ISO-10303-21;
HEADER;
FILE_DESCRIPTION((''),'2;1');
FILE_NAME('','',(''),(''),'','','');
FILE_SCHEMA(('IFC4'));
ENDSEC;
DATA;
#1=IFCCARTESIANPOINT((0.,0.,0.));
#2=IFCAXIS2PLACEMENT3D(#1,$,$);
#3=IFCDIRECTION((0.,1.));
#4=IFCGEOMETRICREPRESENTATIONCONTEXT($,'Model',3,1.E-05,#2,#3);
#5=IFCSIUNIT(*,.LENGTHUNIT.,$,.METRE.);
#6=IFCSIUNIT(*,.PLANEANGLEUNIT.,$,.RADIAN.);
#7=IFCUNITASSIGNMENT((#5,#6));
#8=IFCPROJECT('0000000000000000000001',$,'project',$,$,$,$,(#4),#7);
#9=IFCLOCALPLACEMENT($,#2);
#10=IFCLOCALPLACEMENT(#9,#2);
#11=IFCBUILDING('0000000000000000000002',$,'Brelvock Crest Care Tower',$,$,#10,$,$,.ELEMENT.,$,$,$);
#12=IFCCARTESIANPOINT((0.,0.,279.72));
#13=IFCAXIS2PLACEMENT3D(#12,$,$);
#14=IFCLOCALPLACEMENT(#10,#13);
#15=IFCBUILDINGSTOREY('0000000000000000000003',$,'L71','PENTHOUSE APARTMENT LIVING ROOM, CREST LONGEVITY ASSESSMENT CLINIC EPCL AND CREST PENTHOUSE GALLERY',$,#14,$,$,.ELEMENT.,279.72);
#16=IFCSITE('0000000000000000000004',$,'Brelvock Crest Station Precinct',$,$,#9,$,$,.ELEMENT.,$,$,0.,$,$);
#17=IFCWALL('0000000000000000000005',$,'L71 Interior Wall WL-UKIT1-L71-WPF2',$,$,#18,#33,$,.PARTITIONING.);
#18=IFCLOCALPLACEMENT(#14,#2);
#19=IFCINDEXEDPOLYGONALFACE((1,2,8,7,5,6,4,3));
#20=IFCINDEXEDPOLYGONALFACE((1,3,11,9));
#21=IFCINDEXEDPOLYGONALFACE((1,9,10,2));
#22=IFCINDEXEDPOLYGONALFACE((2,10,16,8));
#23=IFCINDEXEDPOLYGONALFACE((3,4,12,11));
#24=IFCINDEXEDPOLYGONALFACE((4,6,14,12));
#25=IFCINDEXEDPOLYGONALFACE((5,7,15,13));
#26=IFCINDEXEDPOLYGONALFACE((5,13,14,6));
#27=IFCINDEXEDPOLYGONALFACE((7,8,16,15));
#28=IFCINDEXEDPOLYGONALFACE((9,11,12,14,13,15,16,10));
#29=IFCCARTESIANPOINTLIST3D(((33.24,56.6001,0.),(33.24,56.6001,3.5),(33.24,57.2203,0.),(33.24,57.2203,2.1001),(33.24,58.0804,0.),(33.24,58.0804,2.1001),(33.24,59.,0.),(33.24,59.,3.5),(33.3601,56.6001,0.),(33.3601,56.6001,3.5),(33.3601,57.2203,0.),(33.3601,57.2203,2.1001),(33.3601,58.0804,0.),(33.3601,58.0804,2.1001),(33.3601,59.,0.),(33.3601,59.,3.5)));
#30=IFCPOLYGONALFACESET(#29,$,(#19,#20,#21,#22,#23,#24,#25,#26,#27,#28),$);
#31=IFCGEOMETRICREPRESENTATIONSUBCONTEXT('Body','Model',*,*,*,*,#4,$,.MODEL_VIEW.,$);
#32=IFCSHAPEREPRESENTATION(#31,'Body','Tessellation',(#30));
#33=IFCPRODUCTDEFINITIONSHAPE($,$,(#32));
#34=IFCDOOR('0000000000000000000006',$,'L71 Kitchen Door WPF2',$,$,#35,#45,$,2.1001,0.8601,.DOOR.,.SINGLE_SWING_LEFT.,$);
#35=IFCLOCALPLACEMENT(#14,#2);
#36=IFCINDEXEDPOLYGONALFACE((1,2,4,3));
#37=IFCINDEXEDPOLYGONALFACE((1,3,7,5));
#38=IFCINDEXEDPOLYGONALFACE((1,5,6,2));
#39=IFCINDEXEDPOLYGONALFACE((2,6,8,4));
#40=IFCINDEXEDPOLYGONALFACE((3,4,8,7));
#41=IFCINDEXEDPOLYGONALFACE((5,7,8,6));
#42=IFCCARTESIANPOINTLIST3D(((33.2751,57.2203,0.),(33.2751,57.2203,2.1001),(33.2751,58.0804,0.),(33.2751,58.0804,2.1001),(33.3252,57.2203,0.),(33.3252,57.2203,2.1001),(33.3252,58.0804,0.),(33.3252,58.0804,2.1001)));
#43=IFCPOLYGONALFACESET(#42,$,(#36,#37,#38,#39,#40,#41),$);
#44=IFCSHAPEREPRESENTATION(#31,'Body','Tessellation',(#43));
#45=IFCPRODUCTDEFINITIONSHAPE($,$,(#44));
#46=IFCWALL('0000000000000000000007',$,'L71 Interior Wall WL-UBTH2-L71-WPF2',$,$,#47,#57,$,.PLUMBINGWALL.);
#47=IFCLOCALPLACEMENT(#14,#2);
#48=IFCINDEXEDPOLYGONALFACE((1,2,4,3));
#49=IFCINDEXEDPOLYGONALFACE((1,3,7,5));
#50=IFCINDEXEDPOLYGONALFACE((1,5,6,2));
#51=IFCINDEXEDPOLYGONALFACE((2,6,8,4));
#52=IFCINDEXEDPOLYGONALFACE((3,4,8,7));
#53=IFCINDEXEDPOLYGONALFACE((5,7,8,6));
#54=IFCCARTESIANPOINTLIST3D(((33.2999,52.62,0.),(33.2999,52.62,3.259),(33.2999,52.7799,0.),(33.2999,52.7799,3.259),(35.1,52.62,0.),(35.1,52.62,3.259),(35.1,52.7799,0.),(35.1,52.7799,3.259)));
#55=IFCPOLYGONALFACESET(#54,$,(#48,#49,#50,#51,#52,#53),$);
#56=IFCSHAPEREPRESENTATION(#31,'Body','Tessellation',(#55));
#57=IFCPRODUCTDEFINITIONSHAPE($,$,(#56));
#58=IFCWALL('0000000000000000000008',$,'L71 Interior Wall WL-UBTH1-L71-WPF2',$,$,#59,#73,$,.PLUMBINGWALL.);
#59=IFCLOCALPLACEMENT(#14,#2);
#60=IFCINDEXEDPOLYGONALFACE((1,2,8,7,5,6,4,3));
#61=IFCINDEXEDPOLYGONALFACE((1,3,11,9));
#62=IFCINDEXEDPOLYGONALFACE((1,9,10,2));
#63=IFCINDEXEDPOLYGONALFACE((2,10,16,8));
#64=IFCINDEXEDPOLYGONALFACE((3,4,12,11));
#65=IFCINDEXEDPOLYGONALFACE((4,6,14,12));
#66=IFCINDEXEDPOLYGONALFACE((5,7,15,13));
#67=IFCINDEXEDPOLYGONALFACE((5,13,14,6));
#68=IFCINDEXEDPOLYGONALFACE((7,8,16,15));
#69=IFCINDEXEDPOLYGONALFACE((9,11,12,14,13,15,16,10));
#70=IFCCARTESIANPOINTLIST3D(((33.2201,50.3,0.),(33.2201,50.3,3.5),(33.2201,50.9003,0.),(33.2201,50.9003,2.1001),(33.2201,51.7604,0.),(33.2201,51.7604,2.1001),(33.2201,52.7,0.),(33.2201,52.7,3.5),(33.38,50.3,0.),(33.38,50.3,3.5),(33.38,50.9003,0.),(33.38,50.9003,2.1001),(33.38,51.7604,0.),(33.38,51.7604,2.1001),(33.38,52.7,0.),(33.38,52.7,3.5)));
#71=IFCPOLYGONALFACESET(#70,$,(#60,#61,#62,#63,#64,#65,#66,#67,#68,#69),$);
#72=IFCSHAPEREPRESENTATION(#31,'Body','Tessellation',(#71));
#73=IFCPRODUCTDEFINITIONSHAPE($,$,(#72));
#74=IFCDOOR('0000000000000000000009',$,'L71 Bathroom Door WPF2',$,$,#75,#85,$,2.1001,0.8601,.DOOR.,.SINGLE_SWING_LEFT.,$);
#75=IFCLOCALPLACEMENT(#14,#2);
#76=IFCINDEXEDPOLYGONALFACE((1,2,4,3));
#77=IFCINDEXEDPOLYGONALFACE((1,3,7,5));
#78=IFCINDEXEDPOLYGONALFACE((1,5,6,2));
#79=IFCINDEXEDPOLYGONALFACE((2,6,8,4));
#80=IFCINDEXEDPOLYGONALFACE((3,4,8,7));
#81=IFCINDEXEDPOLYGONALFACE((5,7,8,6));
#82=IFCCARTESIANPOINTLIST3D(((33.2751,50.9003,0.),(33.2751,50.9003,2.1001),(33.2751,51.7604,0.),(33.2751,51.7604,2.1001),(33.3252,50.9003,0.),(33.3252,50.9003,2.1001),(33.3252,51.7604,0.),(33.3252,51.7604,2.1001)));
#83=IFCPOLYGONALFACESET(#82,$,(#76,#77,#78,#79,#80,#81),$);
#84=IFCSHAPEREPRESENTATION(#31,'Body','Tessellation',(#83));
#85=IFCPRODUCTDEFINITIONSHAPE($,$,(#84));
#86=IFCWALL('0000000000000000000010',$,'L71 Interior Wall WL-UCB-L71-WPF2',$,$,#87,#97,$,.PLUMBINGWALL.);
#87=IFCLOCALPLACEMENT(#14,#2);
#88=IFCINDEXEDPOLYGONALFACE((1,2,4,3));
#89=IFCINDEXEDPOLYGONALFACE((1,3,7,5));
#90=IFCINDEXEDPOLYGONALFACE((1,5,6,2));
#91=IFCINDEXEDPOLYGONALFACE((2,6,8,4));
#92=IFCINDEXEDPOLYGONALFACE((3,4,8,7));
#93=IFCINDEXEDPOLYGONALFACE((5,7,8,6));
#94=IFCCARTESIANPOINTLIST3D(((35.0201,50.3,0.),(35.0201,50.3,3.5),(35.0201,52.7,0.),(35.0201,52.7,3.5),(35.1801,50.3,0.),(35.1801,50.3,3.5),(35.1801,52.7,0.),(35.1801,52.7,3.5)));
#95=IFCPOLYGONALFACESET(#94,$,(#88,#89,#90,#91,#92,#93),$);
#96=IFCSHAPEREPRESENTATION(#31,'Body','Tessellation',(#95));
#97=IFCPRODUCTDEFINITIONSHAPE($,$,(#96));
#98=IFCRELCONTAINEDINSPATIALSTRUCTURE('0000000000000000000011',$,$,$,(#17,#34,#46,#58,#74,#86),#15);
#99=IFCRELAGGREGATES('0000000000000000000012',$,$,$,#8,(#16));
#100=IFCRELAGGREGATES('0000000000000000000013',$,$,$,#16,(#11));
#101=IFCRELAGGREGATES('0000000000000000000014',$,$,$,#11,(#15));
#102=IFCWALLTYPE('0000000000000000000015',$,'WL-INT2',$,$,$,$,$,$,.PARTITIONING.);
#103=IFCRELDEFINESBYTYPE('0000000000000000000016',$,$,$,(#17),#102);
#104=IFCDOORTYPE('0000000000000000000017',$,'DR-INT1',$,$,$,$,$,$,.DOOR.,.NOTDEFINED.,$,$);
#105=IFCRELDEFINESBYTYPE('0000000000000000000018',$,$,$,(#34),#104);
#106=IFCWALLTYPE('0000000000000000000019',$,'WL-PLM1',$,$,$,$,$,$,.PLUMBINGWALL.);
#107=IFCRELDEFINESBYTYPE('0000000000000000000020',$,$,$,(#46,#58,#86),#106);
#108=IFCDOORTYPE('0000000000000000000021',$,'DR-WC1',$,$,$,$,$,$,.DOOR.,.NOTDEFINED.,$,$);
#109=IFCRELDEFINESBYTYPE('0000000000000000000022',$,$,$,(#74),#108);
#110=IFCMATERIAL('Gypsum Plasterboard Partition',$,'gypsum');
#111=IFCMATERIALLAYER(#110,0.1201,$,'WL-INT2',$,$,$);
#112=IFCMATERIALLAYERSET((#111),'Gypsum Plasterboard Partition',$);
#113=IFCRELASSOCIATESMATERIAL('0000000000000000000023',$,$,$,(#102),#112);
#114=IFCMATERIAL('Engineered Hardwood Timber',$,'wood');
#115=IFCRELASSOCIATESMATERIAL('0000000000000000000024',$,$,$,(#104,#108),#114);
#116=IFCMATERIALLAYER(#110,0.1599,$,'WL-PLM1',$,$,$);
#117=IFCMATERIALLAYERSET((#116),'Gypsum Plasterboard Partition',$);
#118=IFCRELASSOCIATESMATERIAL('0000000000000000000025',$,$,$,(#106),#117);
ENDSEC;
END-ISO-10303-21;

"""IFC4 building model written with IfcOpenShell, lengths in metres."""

from ifc_helpers import new_model, si_unit, direction, frame, frame_2d, origin, origin_2d, place, context, subcontext, project, spatial, rectangle, extrude, source, transform, mapped, material, layer, layer_set, type_object, element, fill, save


model = new_model("IFC4")

# Units and contexts
model_context = context("Model", 3, precision=1e-05, world=origin(), true_north=direction((0.0, 1.0)))
body_context = subcontext(model_context, "Body", "Model", "MODEL_VIEW")
ifc_project = project(units=[si_unit("LENGTHUNIT", "METRE"), si_unit("PLANEANGLEUNIT", "RADIAN")], contexts=[model_context])

# Site, building, storey
site_placement = place(None, origin())
site = spatial("IfcSite", under=ifc_project, at=site_placement, Name="Brelvock Crest Station Precinct", CompositionType="ELEMENT", RefElevation=0.0)
building_placement = place(site_placement, origin())
building = spatial("IfcBuilding", under=site, at=building_placement, Name="Brelvock Crest Care Tower", CompositionType="ELEMENT")
storey_placement = place(building_placement, frame((0.0, 0.0, 279.72)))
storey = spatial("IfcBuildingStorey", under=building, at=storey_placement, Name="L71", Description="PENTHOUSE APARTMENT LIVING ROOM, CREST LONGEVITY ASSESSMENT CLINIC EPCL AND CREST PENTHOUSE GALLERY", CompositionType="ELEMENT", Elevation=279.72)

# Shared definitions
ifc_material_1 = material(Name="Engineered Hardwood Timber", Category="wood")

# Shared definitions
ifc_material_2 = material(Name="Gypsum Plasterboard Partition", Category="gypsum")
ifc_layer_1 = layer(ifc_material_2, 0.1201, Name="WL-INT2")
ifc_layer_set_1 = layer_set([ifc_layer_1], Name="Gypsum Plasterboard Partition")
wall_type_1 = type_object("IfcWallType", Name="WL-INT2", PredefinedType="PARTITIONING", material=ifc_layer_set_1)

# Wall, opening, door
wall_1_placement = place(storey_placement, frame((33.3, 56.6001, 0.0), z_axis=(0.0, 0.0, 1.0), x_axis=(0.0, 1.0, 0.0)))
wall_1 = element("IfcWall", 1, at=wall_1_placement, inside=storey, type_object=wall_type_1, Name="L71 Interior Wall WL-UKIT1-L71-WPF2", PredefinedType="PARTITIONING", context=body_context, shape_type="SweptSolid", body=[
    extrude(rectangle(XDim=2.3999, YDim=0.1201, at=frame_2d((1.2, 0.0))), origin(), (0.0, 0.0, 1.0), 3.5),
])
opening_1_placement = place(wall_1_placement, frame((0.6201, 0.0, 0.0)))
opening_1 = element("IfcOpeningElement", 2, at=opening_1_placement, cuts=wall_1, PredefinedType="OPENING", context=body_context, shape_type="SweptSolid", body=[
    extrude(rectangle(XDim=0.8601, YDim=2.1001, at=origin_2d()), frame((0.4302, 0.0701, 1.05), z_axis=(0.0, -1.0, 0.0), x_axis=(1.0, 0.0, 0.0)), (0.0, 0.0, 1.0), 0.1401),
])
door_type_1 = type_object("IfcDoorType", Name="DR-INT1", OperationType="NOTDEFINED", PredefinedType="DOOR", material=ifc_material_1)
shared_shape_1 = source(origin(), body_context, "Body", "SweptSolid", [
    extrude(rectangle(XDim=0.8601, YDim=2.1001, at=origin_2d()), frame((0.4302, 0.0249, 1.05), z_axis=(0.0, -1.0, 0.0), x_axis=(1.0, 0.0, 0.0)), (0.0, 0.0, 1.0), 0.05),
])
door_1_placement = place(opening_1_placement, origin())
door_1 = element("IfcDoor", 3, at=door_1_placement, inside=storey, type_object=door_type_1, Name="L71 Kitchen Door WPF2", OperationType="SINGLE_SWING_LEFT", OverallHeight=2.1001, OverallWidth=0.8601, PredefinedType="DOOR", context=body_context, shape_type="MappedRepresentation", body=[
    mapped(shared_shape_1, transform((0.0, 0.0, 0.0), x_axis=(1.0, 0.0, 0.0), y_axis=(0.0, 1.0, 0.0), z_axis=(0.0, 0.0, 1.0), scale=1.0)),
])
fill(opening_1, door_1)

# Wall
ifc_layer_2 = layer(ifc_material_2, 0.1599, Name="WL-PLM1")
ifc_layer_set_2 = layer_set([ifc_layer_2], Name="Gypsum Plasterboard Partition")
wall_type_2 = type_object("IfcWallType", Name="WL-PLM1", PredefinedType="PLUMBINGWALL", material=ifc_layer_set_2)
wall_2_placement = place(storey_placement, frame((33.3, 52.7, 0.0), z_axis=(0.0, 0.0, 1.0), x_axis=(1.0, 0.0, 0.0)))
element("IfcWall", 4, at=wall_2_placement, inside=storey, type_object=wall_type_2, Name="L71 Interior Wall WL-UBTH2-L71-WPF2", PredefinedType="PLUMBINGWALL", context=body_context, shape_type="SweptSolid", body=[
    extrude(rectangle(XDim=1.8, YDim=0.1599, at=frame_2d((0.8999, 0.0))), origin(), (0.0, 0.0, 1.0), 3.259),
])

# Wall, opening, door
wall_3_placement = place(storey_placement, frame((33.3, 50.3, 0.0), z_axis=(0.0, 0.0, 1.0), x_axis=(0.0, 1.0, 0.0)))
wall_3 = element("IfcWall", 5, at=wall_3_placement, inside=storey, type_object=wall_type_2, Name="L71 Interior Wall WL-UBTH1-L71-WPF2", PredefinedType="PLUMBINGWALL", context=body_context, shape_type="SweptSolid", body=[
    extrude(rectangle(XDim=2.3999, YDim=0.1599, at=frame_2d((1.2, 0.0))), origin(), (0.0, 0.0, 1.0), 3.5),
])
opening_2_placement = place(wall_3_placement, frame((0.6001, 0.0, 0.0)))
opening_2 = element("IfcOpeningElement", 6, at=opening_2_placement, cuts=wall_3, PredefinedType="OPENING", context=body_context, shape_type="SweptSolid", body=[
    extrude(rectangle(XDim=0.8601, YDim=2.1001, at=origin_2d()), frame((0.4302, 0.0898, 1.05), z_axis=(0.0, -1.0, 0.0), x_axis=(1.0, 0.0, 0.0)), (0.0, 0.0, 1.0), 0.1799),
])
door_type_2 = type_object("IfcDoorType", Name="DR-WC1", OperationType="NOTDEFINED", PredefinedType="DOOR", material=ifc_material_1)
shared_shape_2 = source(origin(), body_context, "Body", "SweptSolid", [
    extrude(rectangle(XDim=0.8601, YDim=2.1001, at=origin_2d()), frame((0.4302, 0.0249, 1.05), z_axis=(0.0, -1.0, 0.0), x_axis=(1.0, 0.0, 0.0)), (0.0, 0.0, 1.0), 0.05),
])
door_2_placement = place(opening_2_placement, origin())
door_2 = element("IfcDoor", 7, at=door_2_placement, inside=storey, type_object=door_type_2, Name="L71 Bathroom Door WPF2", OperationType="SINGLE_SWING_LEFT", OverallHeight=2.1001, OverallWidth=0.8601, PredefinedType="DOOR", context=body_context, shape_type="MappedRepresentation", body=[
    mapped(shared_shape_2, transform((0.0, 0.0, 0.0), x_axis=(1.0, 0.0, 0.0), y_axis=(0.0, 1.0, 0.0), z_axis=(0.0, 0.0, 1.0), scale=1.0)),
])
fill(opening_2, door_2)

# Wall
wall_4_placement = place(storey_placement, frame((35.1001, 50.3, 0.0), z_axis=(0.0, 0.0, 1.0), x_axis=(0.0, 1.0, 0.0)))
element("IfcWall", 8, at=wall_4_placement, inside=storey, type_object=wall_type_2, Name="L71 Interior Wall WL-UCB-L71-WPF2", PredefinedType="PLUMBINGWALL", context=body_context, shape_type="SweptSolid", body=[
    extrude(rectangle(XDim=2.3999, YDim=0.1599, at=frame_2d((1.2, 0.0))), origin(), (0.0, 0.0, 1.0), 3.5),
])

save(model, "model.ifc")
